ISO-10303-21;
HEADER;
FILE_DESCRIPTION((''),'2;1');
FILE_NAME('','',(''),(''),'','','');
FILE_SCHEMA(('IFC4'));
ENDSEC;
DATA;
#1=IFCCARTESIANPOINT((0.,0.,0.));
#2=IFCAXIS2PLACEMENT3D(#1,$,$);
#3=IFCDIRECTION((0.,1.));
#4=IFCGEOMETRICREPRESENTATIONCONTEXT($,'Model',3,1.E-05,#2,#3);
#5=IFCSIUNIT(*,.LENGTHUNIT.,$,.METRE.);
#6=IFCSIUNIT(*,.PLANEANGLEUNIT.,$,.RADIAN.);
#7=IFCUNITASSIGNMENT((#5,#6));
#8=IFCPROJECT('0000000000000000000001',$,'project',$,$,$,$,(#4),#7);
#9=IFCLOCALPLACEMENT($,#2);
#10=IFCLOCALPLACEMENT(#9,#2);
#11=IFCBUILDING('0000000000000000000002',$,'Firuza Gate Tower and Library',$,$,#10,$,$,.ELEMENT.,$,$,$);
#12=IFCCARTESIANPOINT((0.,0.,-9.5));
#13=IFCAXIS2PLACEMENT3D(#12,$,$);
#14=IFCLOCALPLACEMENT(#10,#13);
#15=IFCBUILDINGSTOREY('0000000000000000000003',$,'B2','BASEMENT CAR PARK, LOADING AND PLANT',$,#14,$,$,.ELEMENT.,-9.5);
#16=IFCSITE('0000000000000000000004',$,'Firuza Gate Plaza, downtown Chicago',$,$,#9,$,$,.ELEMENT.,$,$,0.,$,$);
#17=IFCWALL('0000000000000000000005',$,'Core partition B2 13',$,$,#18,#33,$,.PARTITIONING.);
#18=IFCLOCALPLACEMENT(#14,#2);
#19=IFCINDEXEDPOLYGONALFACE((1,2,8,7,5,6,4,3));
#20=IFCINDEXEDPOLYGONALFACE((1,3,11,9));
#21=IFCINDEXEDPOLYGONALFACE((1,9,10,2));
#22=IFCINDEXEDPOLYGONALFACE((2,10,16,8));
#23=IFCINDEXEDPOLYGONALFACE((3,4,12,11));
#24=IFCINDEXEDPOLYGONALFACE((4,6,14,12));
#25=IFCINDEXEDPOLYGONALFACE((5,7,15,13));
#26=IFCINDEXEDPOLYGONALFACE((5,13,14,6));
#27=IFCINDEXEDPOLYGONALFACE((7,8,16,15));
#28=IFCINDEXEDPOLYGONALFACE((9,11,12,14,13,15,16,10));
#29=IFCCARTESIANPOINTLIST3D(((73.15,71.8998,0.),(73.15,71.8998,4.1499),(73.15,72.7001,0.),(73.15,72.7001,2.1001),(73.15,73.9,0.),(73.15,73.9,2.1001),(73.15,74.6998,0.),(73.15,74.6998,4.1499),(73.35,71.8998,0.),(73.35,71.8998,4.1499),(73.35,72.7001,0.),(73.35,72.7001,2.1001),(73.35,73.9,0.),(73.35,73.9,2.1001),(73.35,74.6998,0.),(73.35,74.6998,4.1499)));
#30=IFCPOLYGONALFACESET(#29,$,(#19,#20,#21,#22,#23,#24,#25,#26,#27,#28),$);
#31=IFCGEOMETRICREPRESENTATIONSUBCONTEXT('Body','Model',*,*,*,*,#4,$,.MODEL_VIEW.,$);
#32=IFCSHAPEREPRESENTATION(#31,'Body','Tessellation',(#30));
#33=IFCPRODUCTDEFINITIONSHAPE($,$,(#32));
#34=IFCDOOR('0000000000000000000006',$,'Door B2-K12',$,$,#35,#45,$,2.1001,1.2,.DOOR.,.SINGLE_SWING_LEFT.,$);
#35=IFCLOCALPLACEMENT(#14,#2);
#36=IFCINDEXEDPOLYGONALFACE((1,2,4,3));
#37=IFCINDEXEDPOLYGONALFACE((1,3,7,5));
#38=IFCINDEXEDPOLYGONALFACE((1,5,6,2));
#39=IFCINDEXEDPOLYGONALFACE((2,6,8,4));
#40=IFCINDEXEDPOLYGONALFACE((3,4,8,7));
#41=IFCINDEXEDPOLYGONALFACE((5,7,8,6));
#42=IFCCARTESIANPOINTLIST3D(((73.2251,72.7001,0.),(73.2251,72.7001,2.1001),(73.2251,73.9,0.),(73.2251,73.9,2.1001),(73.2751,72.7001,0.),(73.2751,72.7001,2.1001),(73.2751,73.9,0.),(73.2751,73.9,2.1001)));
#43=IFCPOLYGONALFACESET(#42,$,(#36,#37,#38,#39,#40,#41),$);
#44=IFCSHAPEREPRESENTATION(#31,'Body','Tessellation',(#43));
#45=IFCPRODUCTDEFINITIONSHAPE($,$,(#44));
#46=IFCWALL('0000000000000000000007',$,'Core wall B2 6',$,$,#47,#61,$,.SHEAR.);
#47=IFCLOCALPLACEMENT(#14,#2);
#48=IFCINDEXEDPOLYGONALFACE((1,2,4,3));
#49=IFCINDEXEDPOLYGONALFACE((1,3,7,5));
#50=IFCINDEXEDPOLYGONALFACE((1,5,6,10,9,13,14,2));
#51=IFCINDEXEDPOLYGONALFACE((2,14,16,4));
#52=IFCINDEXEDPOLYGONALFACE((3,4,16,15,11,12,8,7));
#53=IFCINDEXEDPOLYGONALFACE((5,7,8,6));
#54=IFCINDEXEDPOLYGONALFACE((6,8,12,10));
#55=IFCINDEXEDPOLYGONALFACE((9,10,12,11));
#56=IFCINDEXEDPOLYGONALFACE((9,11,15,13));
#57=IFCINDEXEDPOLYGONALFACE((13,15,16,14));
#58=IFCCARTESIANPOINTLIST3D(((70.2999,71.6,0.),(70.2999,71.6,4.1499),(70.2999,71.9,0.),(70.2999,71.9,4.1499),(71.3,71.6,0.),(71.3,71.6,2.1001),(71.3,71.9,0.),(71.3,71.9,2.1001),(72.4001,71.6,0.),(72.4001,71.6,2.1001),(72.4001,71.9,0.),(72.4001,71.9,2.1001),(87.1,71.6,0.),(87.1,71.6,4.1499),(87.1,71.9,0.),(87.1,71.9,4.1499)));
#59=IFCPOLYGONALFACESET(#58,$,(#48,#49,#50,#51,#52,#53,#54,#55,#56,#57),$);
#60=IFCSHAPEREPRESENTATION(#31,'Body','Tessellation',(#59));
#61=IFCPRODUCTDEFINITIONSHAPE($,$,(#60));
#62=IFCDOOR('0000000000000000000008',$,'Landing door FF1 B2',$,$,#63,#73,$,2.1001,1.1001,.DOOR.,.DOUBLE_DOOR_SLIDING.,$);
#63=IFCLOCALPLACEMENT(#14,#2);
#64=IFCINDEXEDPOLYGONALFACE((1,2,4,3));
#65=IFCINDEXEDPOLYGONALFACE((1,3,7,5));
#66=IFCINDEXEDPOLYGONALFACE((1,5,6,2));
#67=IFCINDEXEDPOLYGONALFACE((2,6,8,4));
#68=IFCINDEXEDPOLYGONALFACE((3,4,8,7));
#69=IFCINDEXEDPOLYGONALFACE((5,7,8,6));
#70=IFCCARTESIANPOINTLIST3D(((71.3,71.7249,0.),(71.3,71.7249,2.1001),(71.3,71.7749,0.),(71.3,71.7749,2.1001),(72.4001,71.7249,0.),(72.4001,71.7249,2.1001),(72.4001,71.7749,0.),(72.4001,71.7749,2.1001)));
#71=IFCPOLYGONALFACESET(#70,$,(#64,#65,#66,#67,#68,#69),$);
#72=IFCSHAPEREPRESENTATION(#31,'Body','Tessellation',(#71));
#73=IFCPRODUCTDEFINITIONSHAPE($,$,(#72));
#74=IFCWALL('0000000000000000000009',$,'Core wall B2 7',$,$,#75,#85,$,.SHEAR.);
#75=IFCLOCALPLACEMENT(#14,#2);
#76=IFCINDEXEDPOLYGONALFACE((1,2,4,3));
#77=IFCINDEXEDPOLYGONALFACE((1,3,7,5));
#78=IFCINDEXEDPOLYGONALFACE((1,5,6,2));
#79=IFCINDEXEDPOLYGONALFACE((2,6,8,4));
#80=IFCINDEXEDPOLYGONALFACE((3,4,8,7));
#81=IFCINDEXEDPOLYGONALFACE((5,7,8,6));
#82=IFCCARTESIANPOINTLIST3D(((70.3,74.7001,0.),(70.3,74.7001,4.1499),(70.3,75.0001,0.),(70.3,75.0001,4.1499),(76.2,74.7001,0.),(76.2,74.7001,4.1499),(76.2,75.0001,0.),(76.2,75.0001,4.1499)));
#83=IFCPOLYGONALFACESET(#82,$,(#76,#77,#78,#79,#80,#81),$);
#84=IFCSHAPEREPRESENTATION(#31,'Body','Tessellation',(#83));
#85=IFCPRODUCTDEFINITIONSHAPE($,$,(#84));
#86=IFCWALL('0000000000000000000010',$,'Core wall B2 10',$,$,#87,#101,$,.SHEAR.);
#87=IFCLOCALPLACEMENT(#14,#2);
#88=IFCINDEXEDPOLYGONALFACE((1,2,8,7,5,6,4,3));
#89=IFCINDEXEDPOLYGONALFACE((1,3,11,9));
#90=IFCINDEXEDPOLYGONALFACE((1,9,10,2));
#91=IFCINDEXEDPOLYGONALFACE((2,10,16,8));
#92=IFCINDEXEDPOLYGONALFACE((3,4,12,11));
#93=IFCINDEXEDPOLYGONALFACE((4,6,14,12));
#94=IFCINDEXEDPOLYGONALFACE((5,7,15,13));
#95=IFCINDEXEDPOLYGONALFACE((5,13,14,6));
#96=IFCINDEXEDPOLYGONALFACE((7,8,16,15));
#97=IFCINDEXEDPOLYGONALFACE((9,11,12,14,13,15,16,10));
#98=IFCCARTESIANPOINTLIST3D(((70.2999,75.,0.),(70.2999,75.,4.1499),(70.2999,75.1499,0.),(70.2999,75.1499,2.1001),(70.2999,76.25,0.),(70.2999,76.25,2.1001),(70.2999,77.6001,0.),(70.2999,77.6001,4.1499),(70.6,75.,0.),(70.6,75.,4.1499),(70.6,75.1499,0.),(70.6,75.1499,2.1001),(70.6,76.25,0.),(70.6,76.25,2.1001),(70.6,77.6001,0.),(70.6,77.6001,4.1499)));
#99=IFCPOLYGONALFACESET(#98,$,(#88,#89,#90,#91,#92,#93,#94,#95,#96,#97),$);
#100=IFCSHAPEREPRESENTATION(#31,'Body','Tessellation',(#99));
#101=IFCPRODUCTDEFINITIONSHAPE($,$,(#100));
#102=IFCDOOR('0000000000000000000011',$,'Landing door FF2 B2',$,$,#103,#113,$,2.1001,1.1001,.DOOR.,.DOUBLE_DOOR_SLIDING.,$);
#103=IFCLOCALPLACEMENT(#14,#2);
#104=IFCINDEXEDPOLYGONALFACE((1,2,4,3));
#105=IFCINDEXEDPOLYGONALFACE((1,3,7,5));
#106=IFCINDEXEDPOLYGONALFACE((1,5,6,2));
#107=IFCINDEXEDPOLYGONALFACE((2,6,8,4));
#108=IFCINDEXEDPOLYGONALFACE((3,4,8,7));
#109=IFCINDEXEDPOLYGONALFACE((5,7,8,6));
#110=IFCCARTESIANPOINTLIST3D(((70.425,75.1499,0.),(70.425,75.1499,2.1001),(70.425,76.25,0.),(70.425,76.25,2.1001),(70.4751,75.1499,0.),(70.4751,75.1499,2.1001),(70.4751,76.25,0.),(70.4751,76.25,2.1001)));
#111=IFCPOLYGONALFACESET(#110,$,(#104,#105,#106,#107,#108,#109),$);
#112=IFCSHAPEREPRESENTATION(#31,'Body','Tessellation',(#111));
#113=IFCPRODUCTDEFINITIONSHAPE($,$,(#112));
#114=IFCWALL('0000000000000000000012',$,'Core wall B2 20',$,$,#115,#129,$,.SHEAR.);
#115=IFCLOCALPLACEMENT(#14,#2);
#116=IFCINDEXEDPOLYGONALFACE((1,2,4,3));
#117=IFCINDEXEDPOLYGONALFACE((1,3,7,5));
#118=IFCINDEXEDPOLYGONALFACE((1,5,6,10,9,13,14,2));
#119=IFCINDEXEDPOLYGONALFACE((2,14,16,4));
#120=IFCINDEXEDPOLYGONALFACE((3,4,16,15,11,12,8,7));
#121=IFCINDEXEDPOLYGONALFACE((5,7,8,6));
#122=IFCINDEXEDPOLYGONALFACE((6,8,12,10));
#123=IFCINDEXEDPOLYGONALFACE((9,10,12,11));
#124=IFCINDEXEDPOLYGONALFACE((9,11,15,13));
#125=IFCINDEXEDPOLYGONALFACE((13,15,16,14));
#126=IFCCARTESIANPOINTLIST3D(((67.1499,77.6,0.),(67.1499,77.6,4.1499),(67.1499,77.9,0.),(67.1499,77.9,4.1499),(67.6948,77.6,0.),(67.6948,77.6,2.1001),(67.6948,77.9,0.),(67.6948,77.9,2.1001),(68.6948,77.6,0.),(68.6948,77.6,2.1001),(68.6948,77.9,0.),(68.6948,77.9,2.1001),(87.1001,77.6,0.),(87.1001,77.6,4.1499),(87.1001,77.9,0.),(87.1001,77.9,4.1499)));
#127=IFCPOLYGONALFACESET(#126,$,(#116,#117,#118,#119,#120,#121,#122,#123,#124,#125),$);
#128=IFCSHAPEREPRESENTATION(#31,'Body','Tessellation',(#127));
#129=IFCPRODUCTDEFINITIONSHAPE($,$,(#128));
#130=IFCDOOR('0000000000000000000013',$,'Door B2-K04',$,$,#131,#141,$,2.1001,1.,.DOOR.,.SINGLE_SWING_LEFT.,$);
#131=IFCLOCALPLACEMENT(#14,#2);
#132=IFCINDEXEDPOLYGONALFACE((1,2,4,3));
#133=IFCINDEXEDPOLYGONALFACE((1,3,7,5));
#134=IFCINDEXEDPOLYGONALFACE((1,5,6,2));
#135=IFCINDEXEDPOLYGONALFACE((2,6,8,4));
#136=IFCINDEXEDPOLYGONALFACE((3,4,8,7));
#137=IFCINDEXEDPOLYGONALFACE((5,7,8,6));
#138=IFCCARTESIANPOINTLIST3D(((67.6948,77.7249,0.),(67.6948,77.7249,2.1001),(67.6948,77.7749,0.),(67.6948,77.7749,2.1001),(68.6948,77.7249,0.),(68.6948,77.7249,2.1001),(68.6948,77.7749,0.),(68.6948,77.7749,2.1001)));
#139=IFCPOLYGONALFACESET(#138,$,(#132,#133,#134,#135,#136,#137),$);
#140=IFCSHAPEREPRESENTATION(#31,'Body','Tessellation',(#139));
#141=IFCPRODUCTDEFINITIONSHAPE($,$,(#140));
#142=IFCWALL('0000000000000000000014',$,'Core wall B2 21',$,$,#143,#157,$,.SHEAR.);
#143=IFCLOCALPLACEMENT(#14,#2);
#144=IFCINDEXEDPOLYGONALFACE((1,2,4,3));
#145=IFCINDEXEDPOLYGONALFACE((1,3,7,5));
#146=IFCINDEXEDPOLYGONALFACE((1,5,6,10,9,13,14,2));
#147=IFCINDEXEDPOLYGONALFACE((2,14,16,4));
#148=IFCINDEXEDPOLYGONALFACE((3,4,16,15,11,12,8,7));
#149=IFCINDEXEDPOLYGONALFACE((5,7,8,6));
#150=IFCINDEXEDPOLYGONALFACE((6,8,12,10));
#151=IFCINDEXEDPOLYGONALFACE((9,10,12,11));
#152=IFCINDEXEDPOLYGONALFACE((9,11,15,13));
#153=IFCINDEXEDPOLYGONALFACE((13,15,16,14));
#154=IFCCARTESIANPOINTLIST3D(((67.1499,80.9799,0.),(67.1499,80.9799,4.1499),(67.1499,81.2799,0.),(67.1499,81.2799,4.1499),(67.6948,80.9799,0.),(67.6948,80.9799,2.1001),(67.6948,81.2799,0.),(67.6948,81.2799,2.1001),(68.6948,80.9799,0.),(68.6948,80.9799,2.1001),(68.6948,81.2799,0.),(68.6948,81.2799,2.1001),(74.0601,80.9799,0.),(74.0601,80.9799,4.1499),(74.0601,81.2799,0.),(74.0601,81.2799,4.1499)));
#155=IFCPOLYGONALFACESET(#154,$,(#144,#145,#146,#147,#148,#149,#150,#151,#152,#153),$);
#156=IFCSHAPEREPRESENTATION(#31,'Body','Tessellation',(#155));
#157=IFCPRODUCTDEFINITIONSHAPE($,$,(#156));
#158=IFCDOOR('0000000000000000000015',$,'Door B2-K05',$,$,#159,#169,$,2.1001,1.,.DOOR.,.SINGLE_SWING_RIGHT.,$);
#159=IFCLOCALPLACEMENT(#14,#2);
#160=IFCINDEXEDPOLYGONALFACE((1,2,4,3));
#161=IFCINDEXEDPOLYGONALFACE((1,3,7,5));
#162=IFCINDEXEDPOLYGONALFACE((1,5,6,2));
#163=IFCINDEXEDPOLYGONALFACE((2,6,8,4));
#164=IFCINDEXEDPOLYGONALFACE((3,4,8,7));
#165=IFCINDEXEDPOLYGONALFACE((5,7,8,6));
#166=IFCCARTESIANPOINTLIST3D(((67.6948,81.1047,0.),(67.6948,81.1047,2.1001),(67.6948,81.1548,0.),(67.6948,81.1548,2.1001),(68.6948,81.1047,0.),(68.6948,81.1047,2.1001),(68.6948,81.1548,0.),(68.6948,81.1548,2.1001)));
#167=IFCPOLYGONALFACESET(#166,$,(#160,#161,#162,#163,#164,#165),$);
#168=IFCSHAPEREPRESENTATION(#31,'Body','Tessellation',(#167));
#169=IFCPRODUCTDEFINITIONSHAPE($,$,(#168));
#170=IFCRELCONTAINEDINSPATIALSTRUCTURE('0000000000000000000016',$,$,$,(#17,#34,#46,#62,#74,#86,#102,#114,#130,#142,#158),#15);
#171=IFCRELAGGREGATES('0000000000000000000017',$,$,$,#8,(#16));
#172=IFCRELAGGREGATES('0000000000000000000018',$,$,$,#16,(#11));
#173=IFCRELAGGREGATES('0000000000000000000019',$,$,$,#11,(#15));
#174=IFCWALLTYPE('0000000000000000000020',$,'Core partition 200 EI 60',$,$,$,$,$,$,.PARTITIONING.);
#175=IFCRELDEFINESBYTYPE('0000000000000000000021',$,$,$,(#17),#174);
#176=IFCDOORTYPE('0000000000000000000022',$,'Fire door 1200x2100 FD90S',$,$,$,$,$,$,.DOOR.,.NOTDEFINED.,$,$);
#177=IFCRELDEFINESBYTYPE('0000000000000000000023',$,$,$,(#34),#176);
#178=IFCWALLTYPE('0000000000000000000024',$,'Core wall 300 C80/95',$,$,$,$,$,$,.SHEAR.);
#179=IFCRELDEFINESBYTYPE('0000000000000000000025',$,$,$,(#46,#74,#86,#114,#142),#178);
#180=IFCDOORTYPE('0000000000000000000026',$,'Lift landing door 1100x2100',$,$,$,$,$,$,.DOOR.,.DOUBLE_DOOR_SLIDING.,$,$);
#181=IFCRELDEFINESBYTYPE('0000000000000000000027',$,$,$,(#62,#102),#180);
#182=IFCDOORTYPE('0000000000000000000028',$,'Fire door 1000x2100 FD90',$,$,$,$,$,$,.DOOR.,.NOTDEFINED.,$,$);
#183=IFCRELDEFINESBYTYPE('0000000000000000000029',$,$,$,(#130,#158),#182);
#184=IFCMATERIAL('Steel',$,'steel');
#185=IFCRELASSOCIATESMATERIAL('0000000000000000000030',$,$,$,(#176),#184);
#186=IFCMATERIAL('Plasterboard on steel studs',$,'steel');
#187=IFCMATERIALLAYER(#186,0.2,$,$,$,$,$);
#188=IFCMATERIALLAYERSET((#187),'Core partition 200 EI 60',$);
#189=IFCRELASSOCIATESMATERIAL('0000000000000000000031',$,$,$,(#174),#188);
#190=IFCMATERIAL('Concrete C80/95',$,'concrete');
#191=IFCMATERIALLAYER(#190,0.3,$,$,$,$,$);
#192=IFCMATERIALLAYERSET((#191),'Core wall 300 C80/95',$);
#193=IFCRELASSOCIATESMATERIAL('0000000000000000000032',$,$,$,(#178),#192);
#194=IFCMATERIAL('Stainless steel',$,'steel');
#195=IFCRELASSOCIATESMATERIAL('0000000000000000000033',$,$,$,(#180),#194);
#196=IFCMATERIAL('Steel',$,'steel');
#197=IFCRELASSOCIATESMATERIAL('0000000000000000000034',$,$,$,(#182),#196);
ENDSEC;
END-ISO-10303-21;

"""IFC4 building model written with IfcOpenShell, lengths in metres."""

from ifc_helpers import new_model, si_unit, direction, frame, frame_2d, origin, place, context, subcontext, project, spatial, rectangle, extrude, material, layer, layer_set, type_object, element, fill, save


model = new_model("IFC4")

# Units and contexts
model_context = context("Model", 3, precision=1e-05, world=origin(), true_north=direction((0.0, 1.0)))
body_context = subcontext(model_context, "Body", "Model", "MODEL_VIEW")
ifc_project = project(units=[si_unit("LENGTHUNIT", "METRE"), si_unit("PLANEANGLEUNIT", "RADIAN")], contexts=[model_context])

# Site, building, storey
site_placement = place(None, origin())
site = spatial("IfcSite", under=ifc_project, at=site_placement, Name="Firuza Gate Plaza, downtown Chicago", CompositionType="ELEMENT", RefElevation=0.0)
building_placement = place(site_placement, origin())
building = spatial("IfcBuilding", under=site, at=building_placement, Name="Firuza Gate Tower and Library", CompositionType="ELEMENT")
storey_placement = place(building_placement, frame((0.0, 0.0, -9.5)))
storey = spatial("IfcBuildingStorey", under=building, at=storey_placement, Name="B2", Description="BASEMENT CAR PARK, LOADING AND PLANT", CompositionType="ELEMENT", Elevation=-9.5)

# Shared definitions
ifc_material_1 = material(Name="Steel", Category="steel")
door_type_1 = type_object("IfcDoorType", Name="Fire door 1200x2100 FD90S", OperationType="NOTDEFINED", PredefinedType="DOOR", material=ifc_material_1)

# Walls, openings, doors
ifc_material_2 = material(Name="Plasterboard on steel studs", Category="steel")
ifc_layer_1 = layer(ifc_material_2, 0.2)
ifc_layer_set_1 = layer_set([ifc_layer_1], Name="Core partition 200 EI 60")
wall_type_1 = type_object("IfcWallType", Name="Core partition 200 EI 60", PredefinedType="PARTITIONING", material=ifc_layer_set_1)
wall_1_placement = place(storey_placement, frame((73.25, 71.8999, 0.0), z_axis=(0.0, 0.0, 1.0), x_axis=(0.0, 1.0, 0.0)))
wall_1 = element("IfcWall", 1, at=wall_1_placement, inside=storey, type_object=wall_type_1, Name="Core partition B2 13", PredefinedType="PARTITIONING", context=body_context, shape_type="SweptSolid", body=[
    extrude(rectangle(XDim=2.8, YDim=0.2, at=frame_2d((1.3999, 0.0))), origin(), (0.0, 0.0, 1.0), 4.1499),
])
opening_1_placement = place(wall_1_placement, frame((0.8, 0.0, 0.0)))
opening_1 = element("IfcOpeningElement", 2, at=opening_1_placement, cuts=wall_1, PredefinedType="OPENING", context=body_context, shape_type="SweptSolid", body=[
    extrude(rectangle(XDim=1.2, YDim=2.1001, at=frame_2d((0.6001, 1.05))), frame((0.0, 0.1099, 0.0), z_axis=(0.0, -1.0, 0.0), x_axis=(1.0, 0.0, 0.0)), (0.0, 0.0, 1.0), 0.22),
])
door_1_placement = place(opening_1_placement, origin())
door_1 = element("IfcDoor", 3, at=door_1_placement, inside=storey, type_object=door_type_1, Name="Door B2-K12", OperationType="SINGLE_SWING_LEFT", OverallHeight=2.1001, OverallWidth=1.2, PredefinedType="DOOR", context=body_context, shape_type="SweptSolid", body=[
    extrude(rectangle(XDim=1.2, YDim=2.1001, at=frame_2d((0.6001, 1.05))), frame((0.0, 0.0249, 0.0), z_axis=(0.0, -1.0, 0.0), x_axis=(1.0, 0.0, 0.0)), (0.0, 0.0, 1.0), 0.05),
])
fill(opening_1, door_1)
ifc_material_3 = material(Name="Concrete C80/95", Category="concrete")
ifc_layer_2 = layer(ifc_material_3, 0.3)
ifc_layer_set_2 = layer_set([ifc_layer_2], Name="Core wall 300 C80/95")
wall_type_2 = type_object("IfcWallType", Name="Core wall 300 C80/95", PredefinedType="SHEAR", material=ifc_layer_set_2)
wall_2_placement = place(storey_placement, frame((70.3, 71.75, 0.0), z_axis=(0.0, 0.0, 1.0), x_axis=(1.0, 0.0, 0.0)))
wall_2 = element("IfcWall", 4, at=wall_2_placement, inside=storey, type_object=wall_type_2, Name="Core wall B2 6", PredefinedType="SHEAR", context=body_context, shape_type="SweptSolid", body=[
    extrude(rectangle(XDim=16.8, YDim=0.3, at=frame_2d((8.3999, 0.0))), origin(), (0.0, 0.0, 1.0), 4.1499),
])
opening_2_placement = place(wall_2_placement, frame((1.0, 0.0, 0.0)))
opening_2 = element("IfcOpeningElement", 5, at=opening_2_placement, cuts=wall_2, PredefinedType="OPENING", context=body_context, shape_type="SweptSolid", body=[
    extrude(rectangle(XDim=1.1001, YDim=2.1001, at=frame_2d((0.55, 1.05))), frame((0.0, 0.1602, 0.0), z_axis=(0.0, -1.0, 0.0), x_axis=(1.0, 0.0, 0.0)), (0.0, 0.0, 1.0), 0.3201),
])
ifc_material_4 = material(Name="Stainless steel", Category="steel")
door_type_2 = type_object("IfcDoorType", Name="Lift landing door 1100x2100", OperationType="DOUBLE_DOOR_SLIDING", PredefinedType="DOOR", material=ifc_material_4)
door_2_placement = place(opening_2_placement, origin())
door_2 = element("IfcDoor", 6, at=door_2_placement, inside=storey, type_object=door_type_2, Name="Landing door FF1 B2", OperationType="DOUBLE_DOOR_SLIDING", OverallHeight=2.1001, OverallWidth=1.1001, PredefinedType="DOOR", context=body_context, shape_type="SweptSolid", body=[
    extrude(rectangle(XDim=1.1001, YDim=2.1001, at=frame_2d((0.55, 1.05))), frame((0.0, 0.0249, 0.0), z_axis=(0.0, -1.0, 0.0), x_axis=(1.0, 0.0, 0.0)), (0.0, 0.0, 1.0), 0.05),
])
fill(opening_2, door_2)

# Wall
wall_3_placement = place(storey_placement, frame((70.3, 74.8501, 0.0), z_axis=(0.0, 0.0, 1.0), x_axis=(1.0, 0.0, 0.0)))
element("IfcWall", 7, at=wall_3_placement, inside=storey, type_object=wall_type_2, Name="Core wall B2 7", PredefinedType="SHEAR", context=body_context, shape_type="SweptSolid", body=[
    extrude(rectangle(XDim=5.8999, YDim=0.3, at=frame_2d((2.95, 0.0))), origin(), (0.0, 0.0, 1.0), 4.1499),
])

# Walls, openings, doors
wall_4_placement = place(storey_placement, frame((70.45, 75.0, 0.0), z_axis=(0.0, 0.0, 1.0), x_axis=(0.0, 1.0, 0.0)))
wall_4 = element("IfcWall", 8, at=wall_4_placement, inside=storey, type_object=wall_type_2, Name="Core wall B2 10", PredefinedType="SHEAR", context=body_context, shape_type="SweptSolid", body=[
    extrude(rectangle(XDim=2.6001, YDim=0.3, at=frame_2d((1.3, 0.0))), origin(), (0.0, 0.0, 1.0), 4.1499),
])
opening_3_placement = place(wall_4_placement, frame((0.1499, 0.0, 0.0)))
opening_3 = element("IfcOpeningElement", 9, at=opening_3_placement, cuts=wall_4, PredefinedType="OPENING", context=body_context, shape_type="SweptSolid", body=[
    extrude(rectangle(XDim=1.1001, YDim=2.1001, at=frame_2d((0.55, 1.05))), frame((0.0, 0.1602, 0.0), z_axis=(0.0, -1.0, 0.0), x_axis=(1.0, 0.0, 0.0)), (0.0, 0.0, 1.0), 0.3201),
])
door_3_placement = place(opening_3_placement, origin())
door_3 = element("IfcDoor", 10, at=door_3_placement, inside=storey, type_object=door_type_2, Name="Landing door FF2 B2", OperationType="DOUBLE_DOOR_SLIDING", OverallHeight=2.1001, OverallWidth=1.1001, PredefinedType="DOOR", context=body_context, shape_type="SweptSolid", body=[
    extrude(rectangle(XDim=1.1001, YDim=2.1001, at=frame_2d((0.55, 1.05))), frame((0.0, 0.0249, 0.0), z_axis=(0.0, -1.0, 0.0), x_axis=(1.0, 0.0, 0.0)), (0.0, 0.0, 1.0), 0.05),
])
fill(opening_3, door_3)
wall_5_placement = place(storey_placement, frame((67.1499, 77.75, 0.0), z_axis=(0.0, 0.0, 1.0), x_axis=(1.0, 0.0, 0.0)))
wall_5 = element("IfcWall", 11, at=wall_5_placement, inside=storey, type_object=wall_type_2, Name="Core wall B2 20", PredefinedType="SHEAR", context=body_context, shape_type="SweptSolid", body=[
    extrude(rectangle(XDim=19.9502, YDim=0.3, at=frame_2d((9.9751, 0.0))), origin(), (0.0, 0.0, 1.0), 4.1499),
])
opening_4_placement = place(wall_5_placement, frame((0.5449, 0.0, 0.0)))
opening_4 = element("IfcOpeningElement", 12, at=opening_4_placement, cuts=wall_5, PredefinedType="OPENING", context=body_context, shape_type="SweptSolid", body=[
    extrude(rectangle(XDim=1.0, YDim=2.1001, at=frame_2d((0.5, 1.05))), frame((0.0, 0.1602, 0.0), z_axis=(0.0, -1.0, 0.0), x_axis=(1.0, 0.0, 0.0)), (0.0, 0.0, 1.0), 0.3201),
])
ifc_material_5 = material(Name="Steel", Category="steel")
door_type_3 = type_object("IfcDoorType", Name="Fire door 1000x2100 FD90", OperationType="NOTDEFINED", PredefinedType="DOOR", material=ifc_material_5)
door_4_placement = place(opening_4_placement, origin())
door_4 = element("IfcDoor", 13, at=door_4_placement, inside=storey, type_object=door_type_3, Name="Door B2-K04", OperationType="SINGLE_SWING_LEFT", OverallHeight=2.1001, OverallWidth=1.0, PredefinedType="DOOR", context=body_context, shape_type="SweptSolid", body=[
    extrude(rectangle(XDim=1.0, YDim=2.1001, at=frame_2d((0.5, 1.05))), frame((0.0, 0.0249, 0.0), z_axis=(0.0, -1.0, 0.0), x_axis=(1.0, 0.0, 0.0)), (0.0, 0.0, 1.0), 0.05),
])
fill(opening_4, door_4)
wall_6_placement = place(storey_placement, frame((67.1499, 81.1299, 0.0), z_axis=(0.0, 0.0, 1.0), x_axis=(1.0, 0.0, 0.0)))
wall_6 = element("IfcWall", 14, at=wall_6_placement, inside=storey, type_object=wall_type_2, Name="Core wall B2 21", PredefinedType="SHEAR", context=body_context, shape_type="SweptSolid", body=[
    extrude(rectangle(XDim=6.9102, YDim=0.3, at=frame_2d((3.4551, 0.0))), origin(), (0.0, 0.0, 1.0), 4.1499),
])
opening_5_placement = place(wall_6_placement, frame((0.5449, 0.0, 0.0)))
opening_5 = element("IfcOpeningElement", 15, at=opening_5_placement, cuts=wall_6, PredefinedType="OPENING", context=body_context, shape_type="SweptSolid", body=[
    extrude(rectangle(XDim=1.0, YDim=2.1001, at=frame_2d((0.5, 1.05))), frame((0.0, 0.1602, 0.0), z_axis=(0.0, -1.0, 0.0), x_axis=(1.0, 0.0, 0.0)), (0.0, 0.0, 1.0), 0.3201),
])
door_5_placement = place(opening_5_placement, origin())
door_5 = element("IfcDoor", 16, at=door_5_placement, inside=storey, type_object=door_type_3, Name="Door B2-K05", OperationType="SINGLE_SWING_RIGHT", OverallHeight=2.1001, OverallWidth=1.0, PredefinedType="DOOR", context=body_context, shape_type="SweptSolid", body=[
    extrude(rectangle(XDim=1.0, YDim=2.1001, at=frame_2d((0.5, 1.05))), frame((0.0, 0.0249, 0.0), z_axis=(0.0, -1.0, 0.0), x_axis=(1.0, 0.0, 0.0)), (0.0, 0.0, 1.0), 0.05),
])
fill(opening_5, door_5)

save(model, "model.ifc")
